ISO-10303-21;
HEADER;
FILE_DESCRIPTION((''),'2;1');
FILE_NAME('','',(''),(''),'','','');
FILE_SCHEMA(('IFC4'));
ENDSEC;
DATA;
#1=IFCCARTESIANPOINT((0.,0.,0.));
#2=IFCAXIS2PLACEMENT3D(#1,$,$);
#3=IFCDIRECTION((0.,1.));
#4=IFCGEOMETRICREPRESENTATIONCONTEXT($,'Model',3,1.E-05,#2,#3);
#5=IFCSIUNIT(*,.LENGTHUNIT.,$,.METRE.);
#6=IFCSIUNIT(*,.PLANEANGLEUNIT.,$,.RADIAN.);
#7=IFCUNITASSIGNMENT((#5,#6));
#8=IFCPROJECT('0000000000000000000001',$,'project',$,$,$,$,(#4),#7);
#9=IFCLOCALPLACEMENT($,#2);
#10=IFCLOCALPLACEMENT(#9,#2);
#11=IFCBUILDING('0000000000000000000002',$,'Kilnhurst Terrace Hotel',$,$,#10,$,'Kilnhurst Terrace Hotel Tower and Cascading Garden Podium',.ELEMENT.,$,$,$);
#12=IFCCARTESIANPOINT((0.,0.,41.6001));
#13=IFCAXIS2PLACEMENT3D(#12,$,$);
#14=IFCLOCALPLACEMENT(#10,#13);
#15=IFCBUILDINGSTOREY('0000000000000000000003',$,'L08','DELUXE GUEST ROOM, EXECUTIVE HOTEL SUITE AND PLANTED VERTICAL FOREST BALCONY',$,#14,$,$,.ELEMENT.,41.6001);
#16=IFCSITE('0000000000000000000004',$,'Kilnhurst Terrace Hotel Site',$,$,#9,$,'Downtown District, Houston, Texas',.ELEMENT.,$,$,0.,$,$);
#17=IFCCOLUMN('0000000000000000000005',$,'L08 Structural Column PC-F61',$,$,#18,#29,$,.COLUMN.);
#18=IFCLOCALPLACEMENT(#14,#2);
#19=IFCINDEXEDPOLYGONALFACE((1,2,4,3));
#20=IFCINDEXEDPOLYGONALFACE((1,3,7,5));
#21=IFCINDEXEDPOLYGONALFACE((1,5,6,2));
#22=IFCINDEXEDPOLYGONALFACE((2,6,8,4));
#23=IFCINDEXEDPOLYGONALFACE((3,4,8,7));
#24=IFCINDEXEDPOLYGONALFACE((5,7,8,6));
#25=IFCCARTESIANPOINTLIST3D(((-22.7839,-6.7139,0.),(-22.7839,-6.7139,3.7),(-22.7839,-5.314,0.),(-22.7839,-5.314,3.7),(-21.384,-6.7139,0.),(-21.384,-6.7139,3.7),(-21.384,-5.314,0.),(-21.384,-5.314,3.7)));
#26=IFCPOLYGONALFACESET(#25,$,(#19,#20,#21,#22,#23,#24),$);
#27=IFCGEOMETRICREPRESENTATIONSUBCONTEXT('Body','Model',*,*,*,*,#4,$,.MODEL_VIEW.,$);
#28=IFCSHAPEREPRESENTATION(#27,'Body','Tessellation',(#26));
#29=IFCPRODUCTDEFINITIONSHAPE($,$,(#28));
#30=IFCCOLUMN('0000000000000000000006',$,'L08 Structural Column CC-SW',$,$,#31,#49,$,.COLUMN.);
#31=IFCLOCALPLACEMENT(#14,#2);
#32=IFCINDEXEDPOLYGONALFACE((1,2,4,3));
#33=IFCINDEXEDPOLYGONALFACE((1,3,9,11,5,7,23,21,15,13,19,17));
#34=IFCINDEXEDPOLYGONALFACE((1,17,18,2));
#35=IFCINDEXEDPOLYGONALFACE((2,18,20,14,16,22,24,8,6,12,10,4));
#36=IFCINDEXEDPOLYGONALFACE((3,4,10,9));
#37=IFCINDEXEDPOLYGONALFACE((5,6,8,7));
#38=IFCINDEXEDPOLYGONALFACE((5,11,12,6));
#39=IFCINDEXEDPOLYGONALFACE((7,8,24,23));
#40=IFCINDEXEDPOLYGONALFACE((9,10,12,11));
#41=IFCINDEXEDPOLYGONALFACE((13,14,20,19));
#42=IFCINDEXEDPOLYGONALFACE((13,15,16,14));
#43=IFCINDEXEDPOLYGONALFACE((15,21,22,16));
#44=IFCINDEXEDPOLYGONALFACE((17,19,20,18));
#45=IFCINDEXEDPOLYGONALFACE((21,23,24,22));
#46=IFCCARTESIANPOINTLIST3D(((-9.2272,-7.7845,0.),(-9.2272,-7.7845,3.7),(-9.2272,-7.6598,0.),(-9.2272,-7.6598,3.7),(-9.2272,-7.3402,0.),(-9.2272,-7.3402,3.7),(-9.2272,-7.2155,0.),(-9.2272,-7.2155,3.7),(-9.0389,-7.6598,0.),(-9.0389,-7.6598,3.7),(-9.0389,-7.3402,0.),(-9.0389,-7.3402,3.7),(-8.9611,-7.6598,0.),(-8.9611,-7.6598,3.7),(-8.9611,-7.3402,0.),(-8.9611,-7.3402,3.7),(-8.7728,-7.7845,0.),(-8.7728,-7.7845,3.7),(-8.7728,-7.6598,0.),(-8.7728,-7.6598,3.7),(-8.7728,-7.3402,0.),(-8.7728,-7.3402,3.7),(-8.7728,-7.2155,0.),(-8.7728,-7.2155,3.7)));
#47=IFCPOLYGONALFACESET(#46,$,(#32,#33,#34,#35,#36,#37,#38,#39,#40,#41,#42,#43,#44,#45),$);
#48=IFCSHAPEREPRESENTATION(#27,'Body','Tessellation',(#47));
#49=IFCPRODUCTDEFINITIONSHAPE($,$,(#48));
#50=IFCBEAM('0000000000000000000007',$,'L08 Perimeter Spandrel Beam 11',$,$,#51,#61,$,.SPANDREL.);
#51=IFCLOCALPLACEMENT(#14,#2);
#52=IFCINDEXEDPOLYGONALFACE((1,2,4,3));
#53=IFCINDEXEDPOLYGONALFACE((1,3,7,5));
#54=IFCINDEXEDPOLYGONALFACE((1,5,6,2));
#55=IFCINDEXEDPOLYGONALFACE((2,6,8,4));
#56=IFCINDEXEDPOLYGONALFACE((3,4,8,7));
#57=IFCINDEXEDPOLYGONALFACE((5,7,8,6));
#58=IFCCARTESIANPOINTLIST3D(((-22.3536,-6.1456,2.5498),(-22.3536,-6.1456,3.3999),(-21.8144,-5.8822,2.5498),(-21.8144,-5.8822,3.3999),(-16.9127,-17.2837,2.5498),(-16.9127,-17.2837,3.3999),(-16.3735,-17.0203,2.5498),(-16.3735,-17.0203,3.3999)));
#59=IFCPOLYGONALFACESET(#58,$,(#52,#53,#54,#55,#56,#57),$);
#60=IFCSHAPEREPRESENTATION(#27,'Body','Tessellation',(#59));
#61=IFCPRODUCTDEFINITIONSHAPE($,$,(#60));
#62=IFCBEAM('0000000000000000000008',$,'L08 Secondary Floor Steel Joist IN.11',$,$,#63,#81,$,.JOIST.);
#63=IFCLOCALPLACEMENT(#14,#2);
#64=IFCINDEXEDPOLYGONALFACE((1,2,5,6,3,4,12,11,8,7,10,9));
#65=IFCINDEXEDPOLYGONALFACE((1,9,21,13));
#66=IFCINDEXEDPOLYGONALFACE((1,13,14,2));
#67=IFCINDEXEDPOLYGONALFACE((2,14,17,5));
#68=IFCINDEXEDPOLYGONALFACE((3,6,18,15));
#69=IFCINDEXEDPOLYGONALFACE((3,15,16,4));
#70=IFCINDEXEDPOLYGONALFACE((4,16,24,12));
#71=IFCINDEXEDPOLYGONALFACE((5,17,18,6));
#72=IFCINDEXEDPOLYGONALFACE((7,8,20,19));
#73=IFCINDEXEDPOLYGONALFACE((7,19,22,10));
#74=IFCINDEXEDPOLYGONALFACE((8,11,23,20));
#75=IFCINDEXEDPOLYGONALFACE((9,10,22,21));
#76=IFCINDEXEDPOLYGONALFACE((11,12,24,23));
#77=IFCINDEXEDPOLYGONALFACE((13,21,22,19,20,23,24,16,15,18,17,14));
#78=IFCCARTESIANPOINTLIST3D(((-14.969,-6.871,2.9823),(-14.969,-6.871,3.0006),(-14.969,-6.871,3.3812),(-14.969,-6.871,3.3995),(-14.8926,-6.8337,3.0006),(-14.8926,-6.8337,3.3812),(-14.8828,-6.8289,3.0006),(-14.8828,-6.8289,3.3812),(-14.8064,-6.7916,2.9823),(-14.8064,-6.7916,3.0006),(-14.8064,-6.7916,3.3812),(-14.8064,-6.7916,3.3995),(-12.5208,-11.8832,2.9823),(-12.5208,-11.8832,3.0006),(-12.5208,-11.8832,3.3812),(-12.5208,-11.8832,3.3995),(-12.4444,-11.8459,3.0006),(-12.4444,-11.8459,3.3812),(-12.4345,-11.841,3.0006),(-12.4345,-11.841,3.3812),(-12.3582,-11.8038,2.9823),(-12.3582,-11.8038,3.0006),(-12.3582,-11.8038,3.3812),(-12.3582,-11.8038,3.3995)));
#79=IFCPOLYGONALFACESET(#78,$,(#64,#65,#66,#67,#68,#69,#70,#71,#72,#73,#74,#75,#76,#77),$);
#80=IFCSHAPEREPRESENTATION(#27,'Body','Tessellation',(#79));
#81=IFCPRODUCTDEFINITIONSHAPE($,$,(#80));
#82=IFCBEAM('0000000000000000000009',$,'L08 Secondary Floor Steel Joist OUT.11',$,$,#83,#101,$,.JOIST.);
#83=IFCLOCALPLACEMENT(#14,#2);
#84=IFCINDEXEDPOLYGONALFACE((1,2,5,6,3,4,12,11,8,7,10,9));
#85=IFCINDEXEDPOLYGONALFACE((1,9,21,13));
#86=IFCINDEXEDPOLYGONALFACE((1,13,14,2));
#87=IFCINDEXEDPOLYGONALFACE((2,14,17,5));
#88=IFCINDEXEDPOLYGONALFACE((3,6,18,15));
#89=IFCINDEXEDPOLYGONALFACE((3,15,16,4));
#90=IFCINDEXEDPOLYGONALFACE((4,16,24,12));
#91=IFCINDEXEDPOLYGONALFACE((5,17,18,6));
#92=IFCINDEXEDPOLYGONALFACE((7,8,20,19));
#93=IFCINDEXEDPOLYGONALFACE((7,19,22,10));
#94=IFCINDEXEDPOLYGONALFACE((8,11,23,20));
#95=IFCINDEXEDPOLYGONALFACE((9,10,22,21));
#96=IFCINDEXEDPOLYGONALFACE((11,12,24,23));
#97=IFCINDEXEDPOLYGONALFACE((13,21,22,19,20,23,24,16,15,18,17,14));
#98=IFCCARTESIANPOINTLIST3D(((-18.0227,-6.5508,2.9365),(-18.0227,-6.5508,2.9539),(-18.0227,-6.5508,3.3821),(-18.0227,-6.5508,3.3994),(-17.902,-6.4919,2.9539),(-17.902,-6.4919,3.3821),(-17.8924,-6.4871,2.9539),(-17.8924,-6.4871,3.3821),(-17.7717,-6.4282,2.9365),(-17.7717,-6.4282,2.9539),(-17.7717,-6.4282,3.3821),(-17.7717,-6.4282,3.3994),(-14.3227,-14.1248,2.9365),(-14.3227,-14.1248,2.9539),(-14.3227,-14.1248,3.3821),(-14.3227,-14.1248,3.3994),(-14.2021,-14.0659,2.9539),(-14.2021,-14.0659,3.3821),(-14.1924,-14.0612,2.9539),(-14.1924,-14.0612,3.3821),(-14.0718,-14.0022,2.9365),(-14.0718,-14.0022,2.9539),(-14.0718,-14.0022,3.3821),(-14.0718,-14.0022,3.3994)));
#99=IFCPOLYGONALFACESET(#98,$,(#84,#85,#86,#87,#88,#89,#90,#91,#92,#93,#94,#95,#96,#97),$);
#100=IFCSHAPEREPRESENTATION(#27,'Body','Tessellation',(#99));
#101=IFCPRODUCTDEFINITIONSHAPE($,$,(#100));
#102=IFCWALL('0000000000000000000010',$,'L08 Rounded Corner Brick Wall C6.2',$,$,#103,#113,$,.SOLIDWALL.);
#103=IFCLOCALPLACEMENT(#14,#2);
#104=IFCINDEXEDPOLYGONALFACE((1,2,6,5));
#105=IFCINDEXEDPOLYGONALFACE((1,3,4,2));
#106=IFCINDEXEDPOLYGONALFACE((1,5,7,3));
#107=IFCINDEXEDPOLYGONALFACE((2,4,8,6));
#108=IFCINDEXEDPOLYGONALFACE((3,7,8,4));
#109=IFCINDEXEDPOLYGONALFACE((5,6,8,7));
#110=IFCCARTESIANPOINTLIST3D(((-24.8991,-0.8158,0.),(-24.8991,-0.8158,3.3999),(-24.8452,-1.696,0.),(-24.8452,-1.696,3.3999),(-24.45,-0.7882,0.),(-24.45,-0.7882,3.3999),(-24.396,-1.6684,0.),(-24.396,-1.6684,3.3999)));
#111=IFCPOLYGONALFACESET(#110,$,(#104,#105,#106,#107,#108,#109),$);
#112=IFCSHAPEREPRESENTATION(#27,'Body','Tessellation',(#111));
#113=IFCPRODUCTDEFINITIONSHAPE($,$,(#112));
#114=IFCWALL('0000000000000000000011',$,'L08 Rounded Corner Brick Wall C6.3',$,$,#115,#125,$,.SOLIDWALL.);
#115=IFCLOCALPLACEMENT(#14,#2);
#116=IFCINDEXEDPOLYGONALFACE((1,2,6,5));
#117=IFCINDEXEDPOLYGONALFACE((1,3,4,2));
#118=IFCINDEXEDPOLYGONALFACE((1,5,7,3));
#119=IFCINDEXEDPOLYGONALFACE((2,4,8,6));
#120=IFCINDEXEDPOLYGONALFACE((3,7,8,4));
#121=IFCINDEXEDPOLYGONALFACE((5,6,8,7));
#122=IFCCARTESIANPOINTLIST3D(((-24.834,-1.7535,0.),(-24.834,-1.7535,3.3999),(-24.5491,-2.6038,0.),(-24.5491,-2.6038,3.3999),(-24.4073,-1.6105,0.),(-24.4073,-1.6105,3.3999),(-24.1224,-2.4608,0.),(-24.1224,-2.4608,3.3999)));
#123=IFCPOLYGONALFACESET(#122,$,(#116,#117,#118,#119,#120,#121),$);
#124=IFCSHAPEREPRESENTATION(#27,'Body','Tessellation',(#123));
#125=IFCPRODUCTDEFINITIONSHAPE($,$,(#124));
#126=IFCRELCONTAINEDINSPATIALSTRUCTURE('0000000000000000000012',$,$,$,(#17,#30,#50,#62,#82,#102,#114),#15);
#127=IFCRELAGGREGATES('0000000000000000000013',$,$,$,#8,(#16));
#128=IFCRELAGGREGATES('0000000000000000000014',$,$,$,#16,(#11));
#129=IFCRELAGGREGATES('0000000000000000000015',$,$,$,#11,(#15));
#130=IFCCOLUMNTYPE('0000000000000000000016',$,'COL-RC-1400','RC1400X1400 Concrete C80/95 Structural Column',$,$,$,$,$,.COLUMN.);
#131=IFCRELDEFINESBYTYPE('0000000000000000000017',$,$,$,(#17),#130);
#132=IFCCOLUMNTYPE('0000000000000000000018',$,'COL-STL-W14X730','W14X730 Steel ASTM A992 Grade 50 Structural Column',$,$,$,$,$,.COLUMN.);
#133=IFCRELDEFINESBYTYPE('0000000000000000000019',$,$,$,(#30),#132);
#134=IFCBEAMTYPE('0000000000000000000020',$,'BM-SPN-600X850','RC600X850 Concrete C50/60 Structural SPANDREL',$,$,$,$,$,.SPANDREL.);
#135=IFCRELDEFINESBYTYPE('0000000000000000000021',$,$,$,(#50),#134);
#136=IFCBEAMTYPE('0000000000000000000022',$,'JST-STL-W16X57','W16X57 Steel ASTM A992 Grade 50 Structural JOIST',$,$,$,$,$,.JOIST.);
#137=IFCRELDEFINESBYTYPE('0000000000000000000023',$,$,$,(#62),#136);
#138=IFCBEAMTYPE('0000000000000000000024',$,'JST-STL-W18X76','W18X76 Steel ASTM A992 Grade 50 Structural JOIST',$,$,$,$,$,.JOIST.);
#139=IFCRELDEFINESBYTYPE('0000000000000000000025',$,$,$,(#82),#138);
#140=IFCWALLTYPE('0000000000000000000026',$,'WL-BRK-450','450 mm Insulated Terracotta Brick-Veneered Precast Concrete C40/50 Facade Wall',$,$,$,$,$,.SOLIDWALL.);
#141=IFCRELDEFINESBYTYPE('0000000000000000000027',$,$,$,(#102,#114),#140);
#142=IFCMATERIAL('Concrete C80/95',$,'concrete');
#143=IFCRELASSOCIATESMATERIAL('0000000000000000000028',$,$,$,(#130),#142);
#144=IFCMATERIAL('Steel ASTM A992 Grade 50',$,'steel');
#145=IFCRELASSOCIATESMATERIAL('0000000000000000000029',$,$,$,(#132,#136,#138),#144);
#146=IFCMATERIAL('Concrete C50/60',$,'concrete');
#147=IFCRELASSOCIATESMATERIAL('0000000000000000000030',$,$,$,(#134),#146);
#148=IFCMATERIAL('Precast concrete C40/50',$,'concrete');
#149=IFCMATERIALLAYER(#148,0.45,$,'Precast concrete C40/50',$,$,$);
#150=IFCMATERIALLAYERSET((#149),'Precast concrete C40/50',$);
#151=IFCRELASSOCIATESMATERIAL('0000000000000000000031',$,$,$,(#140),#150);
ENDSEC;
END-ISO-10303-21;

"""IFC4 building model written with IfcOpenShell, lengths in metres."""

from ifc_helpers import new_model, si_unit, direction, frame, frame_2d, origin, origin_2d, place, context, subcontext, project, spatial, rectangle, i_section, extrude, material, layer, layer_set, material_profile, profile_set, type_object, element, save


model = new_model("IFC4")

# Units and contexts
model_context = context("Model", 3, precision=1e-05, world=origin(), true_north=direction((0.0, 1.0)))
body_context = subcontext(model_context, "Body", "Model", "MODEL_VIEW")
ifc_project = project(units=[si_unit("LENGTHUNIT", "METRE"), si_unit("PLANEANGLEUNIT", "RADIAN")], contexts=[model_context])

# Site, building, storey
site_placement = place(None, origin())
site = spatial("IfcSite", under=ifc_project, at=site_placement, Name="Kilnhurst Terrace Hotel Site", LongName="Downtown District, Houston, Texas", CompositionType="ELEMENT", RefElevation=0.0)
building_placement = place(site_placement, origin())
building = spatial("IfcBuilding", under=site, at=building_placement, Name="Kilnhurst Terrace Hotel", LongName="Kilnhurst Terrace Hotel Tower and Cascading Garden Podium", CompositionType="ELEMENT")
storey_placement = place(building_placement, frame((0.0, 0.0, 41.6001)))
storey = spatial("IfcBuildingStorey", under=building, at=storey_placement, Name="L08", Description="DELUXE GUEST ROOM, EXECUTIVE HOTEL SUITE AND PLANTED VERTICAL FOREST BALCONY", CompositionType="ELEMENT", Elevation=41.6001)

# Columns
ifc_material_1 = material(Name="Concrete C80/95", Category="concrete")
ifc_material_profile_1 = material_profile(ifc_material_1, rectangle(XDim=1.3999, YDim=1.3999, at=origin_2d()), Name="RC1400X1400")
ifc_profile_set_1 = profile_set([ifc_material_profile_1], Name="Concrete C80/95")
column_type_1 = type_object("IfcColumnType", Name="COL-RC-1400", Description="RC1400X1400 Concrete C80/95 Structural Column", PredefinedType="COLUMN", material=ifc_profile_set_1)
column_1_placement = place(storey_placement, frame((-22.084, -6.0139, 0.0), z_axis=(0.0, 0.0, 1.0), x_axis=(1.0, 0.0, 0.0)))
element("IfcColumn", 1, at=column_1_placement, inside=storey, type_object=column_type_1, Name="L08 Structural Column PC-F61", PredefinedType="COLUMN", context=body_context, shape_type="SweptSolid", body=[
    extrude(rectangle(XDim=1.3999, YDim=1.3999, at=origin_2d()), origin(), (0.0, 0.0, 1.0), 3.7),
])
ifc_material_2 = material(Name="Steel ASTM A992 Grade 50", Category="steel")
ifc_material_profile_2 = material_profile(ifc_material_2, i_section(OverallWidth=0.4543, OverallDepth=0.5691, WebThickness=0.0779, FlangeThickness=0.1248, at=origin_2d()), Name="W14X730")
ifc_profile_set_2 = profile_set([ifc_material_profile_2], Name="Steel ASTM A992 Grade 50")
column_type_2 = type_object("IfcColumnType", Name="COL-STL-W14X730", Description="W14X730 Steel ASTM A992 Grade 50 Structural Column", PredefinedType="COLUMN", material=ifc_profile_set_2)
column_2_placement = place(storey_placement, frame((-9.0, -7.5, 0.0), z_axis=(0.0, 0.0, 1.0), x_axis=(1.0, 0.0, 0.0)))
element("IfcColumn", 2, at=column_2_placement, inside=storey, type_object=column_type_2, Name="L08 Structural Column CC-SW", PredefinedType="COLUMN", context=body_context, shape_type="SweptSolid", body=[
    extrude(i_section(OverallWidth=0.4543, OverallDepth=0.5691, WebThickness=0.0779, FlangeThickness=0.1248, at=origin_2d()), origin(), (0.0, 0.0, 1.0), 3.7),
])

# Beams
ifc_material_3 = material(Name="Concrete C50/60", Category="concrete")
ifc_material_profile_3 = material_profile(ifc_material_3, rectangle(XDim=0.6001, YDim=0.8501, at=origin_2d()), Name="RC600X850")
ifc_profile_set_3 = profile_set([ifc_material_profile_3], Name="Concrete C50/60")
beam_type_1 = type_object("IfcBeamType", Name="BM-SPN-600X850", Description="RC600X850 Concrete C50/60 Structural SPANDREL", PredefinedType="SPANDREL", material=ifc_profile_set_3)
beam_1_placement = place(storey_placement, frame((-22.084, -6.0139, 2.9749), z_axis=(0.438923, -0.898525, 0.0), x_axis=(0.898525, 0.438923, 0.0)))
element("IfcBeam", 3, at=beam_1_placement, inside=storey, type_object=beam_type_1, Name="L08 Perimeter Spandrel Beam 11", PredefinedType="SPANDREL", context=body_context, shape_type="SweptSolid", body=[
    extrude(rectangle(XDim=0.6001, YDim=0.8501, at=origin_2d()), origin(), (0.0, 0.0, 1.0), 12.396),
])
ifc_material_profile_4 = material_profile(ifc_material_2, i_section(OverallWidth=0.1809, OverallDepth=0.4172, WebThickness=0.011, FlangeThickness=0.0183, at=origin_2d()), Name="W16X57")
ifc_profile_set_4 = profile_set([ifc_material_profile_4], Name="Steel ASTM A992 Grade 50")
beam_type_2 = type_object("IfcBeamType", Name="JST-STL-W16X57", Description="W16X57 Steel ASTM A992 Grade 50 Structural JOIST", PredefinedType="JOIST", material=ifc_profile_set_4)
beam_2_placement = place(storey_placement, frame((-14.8877, -6.8313, 3.1909), z_axis=(0.438896, -0.898538, 0.0), x_axis=(0.898538, 0.438896, 0.0)))
element("IfcBeam", 4, at=beam_2_placement, inside=storey, type_object=beam_type_2, Name="L08 Secondary Floor Steel Joist IN.11", PredefinedType="JOIST", context=body_context, shape_type="SweptSolid", body=[
    extrude(i_section(OverallWidth=0.1809, OverallDepth=0.4172, WebThickness=0.011, FlangeThickness=0.0183, at=origin_2d()), origin(), (0.0, 0.0, 1.0), 5.5781),
])
ifc_material_profile_5 = material_profile(ifc_material_2, i_section(OverallWidth=0.2793, OverallDepth=0.4629, WebThickness=0.0107, FlangeThickness=0.0173, at=origin_2d()), Name="W18X76")
ifc_profile_set_5 = profile_set([ifc_material_profile_5], Name="Steel ASTM A992 Grade 50")
beam_type_3 = type_object("IfcBeamType", Name="JST-STL-W18X76", Description="W18X76 Steel ASTM A992 Grade 50 Structural JOIST", PredefinedType="JOIST", material=ifc_profile_set_5)
beam_3_placement = place(storey_placement, frame((-17.8972, -6.4895, 3.168), z_axis=(0.438934, -0.898519, 0.0), x_axis=(0.898519, 0.438934, 0.0)))
element("IfcBeam", 5, at=beam_3_placement, inside=storey, type_object=beam_type_3, Name="L08 Secondary Floor Steel Joist OUT.11", PredefinedType="JOIST", context=body_context, shape_type="SweptSolid", body=[
    extrude(i_section(OverallWidth=0.2793, OverallDepth=0.4629, WebThickness=0.0107, FlangeThickness=0.0173, at=origin_2d()), origin(), (0.0, 0.0, 1.0), 8.4294),
])

# Walls
ifc_material_4 = material(Name="Precast concrete C40/50", Category="concrete")
ifc_layer_1 = layer(ifc_material_4, 0.45, Name="Precast concrete C40/50")
ifc_layer_set_1 = layer_set([ifc_layer_1], Name="Precast concrete C40/50")
wall_type_1 = type_object("IfcWallType", Name="WL-BRK-450", Description="450 mm Insulated Terracotta Brick-Veneered Precast Concrete C40/50 Facade Wall", PredefinedType="SOLIDWALL", material=ifc_layer_set_1)
wall_1_placement = place(storey_placement, frame((-24.6746, -0.802, 0.0), z_axis=(0.0, 0.0, 1.0), x_axis=(0.061189, -0.998126, 0.0)))
element("IfcWall", 6, at=wall_1_placement, inside=storey, type_object=wall_type_1, Name="L08 Rounded Corner Brick Wall C6.2", PredefinedType="SOLIDWALL", context=body_context, shape_type="SweptSolid", body=[
    extrude(rectangle(XDim=0.8818, YDim=0.45, at=frame_2d((0.4409, 0.0))), origin(), (0.0, 0.0, 1.0), 3.3999),
])
wall_2_placement = place(storey_placement, frame((-24.6206, -1.6821, 0.0), z_axis=(0.0, 0.0, 1.0), x_axis=(0.317697, -0.948192, 0.0)))
element("IfcWall", 7, at=wall_2_placement, inside=storey, type_object=wall_type_1, Name="L08 Rounded Corner Brick Wall C6.3", PredefinedType="SOLIDWALL", context=body_context, shape_type="SweptSolid", body=[
    extrude(rectangle(XDim=0.8967, YDim=0.45, at=frame_2d((0.4482, 0.0))), origin(), (0.0, 0.0, 1.0), 3.3999),
])

save(model, "model.ifc")
